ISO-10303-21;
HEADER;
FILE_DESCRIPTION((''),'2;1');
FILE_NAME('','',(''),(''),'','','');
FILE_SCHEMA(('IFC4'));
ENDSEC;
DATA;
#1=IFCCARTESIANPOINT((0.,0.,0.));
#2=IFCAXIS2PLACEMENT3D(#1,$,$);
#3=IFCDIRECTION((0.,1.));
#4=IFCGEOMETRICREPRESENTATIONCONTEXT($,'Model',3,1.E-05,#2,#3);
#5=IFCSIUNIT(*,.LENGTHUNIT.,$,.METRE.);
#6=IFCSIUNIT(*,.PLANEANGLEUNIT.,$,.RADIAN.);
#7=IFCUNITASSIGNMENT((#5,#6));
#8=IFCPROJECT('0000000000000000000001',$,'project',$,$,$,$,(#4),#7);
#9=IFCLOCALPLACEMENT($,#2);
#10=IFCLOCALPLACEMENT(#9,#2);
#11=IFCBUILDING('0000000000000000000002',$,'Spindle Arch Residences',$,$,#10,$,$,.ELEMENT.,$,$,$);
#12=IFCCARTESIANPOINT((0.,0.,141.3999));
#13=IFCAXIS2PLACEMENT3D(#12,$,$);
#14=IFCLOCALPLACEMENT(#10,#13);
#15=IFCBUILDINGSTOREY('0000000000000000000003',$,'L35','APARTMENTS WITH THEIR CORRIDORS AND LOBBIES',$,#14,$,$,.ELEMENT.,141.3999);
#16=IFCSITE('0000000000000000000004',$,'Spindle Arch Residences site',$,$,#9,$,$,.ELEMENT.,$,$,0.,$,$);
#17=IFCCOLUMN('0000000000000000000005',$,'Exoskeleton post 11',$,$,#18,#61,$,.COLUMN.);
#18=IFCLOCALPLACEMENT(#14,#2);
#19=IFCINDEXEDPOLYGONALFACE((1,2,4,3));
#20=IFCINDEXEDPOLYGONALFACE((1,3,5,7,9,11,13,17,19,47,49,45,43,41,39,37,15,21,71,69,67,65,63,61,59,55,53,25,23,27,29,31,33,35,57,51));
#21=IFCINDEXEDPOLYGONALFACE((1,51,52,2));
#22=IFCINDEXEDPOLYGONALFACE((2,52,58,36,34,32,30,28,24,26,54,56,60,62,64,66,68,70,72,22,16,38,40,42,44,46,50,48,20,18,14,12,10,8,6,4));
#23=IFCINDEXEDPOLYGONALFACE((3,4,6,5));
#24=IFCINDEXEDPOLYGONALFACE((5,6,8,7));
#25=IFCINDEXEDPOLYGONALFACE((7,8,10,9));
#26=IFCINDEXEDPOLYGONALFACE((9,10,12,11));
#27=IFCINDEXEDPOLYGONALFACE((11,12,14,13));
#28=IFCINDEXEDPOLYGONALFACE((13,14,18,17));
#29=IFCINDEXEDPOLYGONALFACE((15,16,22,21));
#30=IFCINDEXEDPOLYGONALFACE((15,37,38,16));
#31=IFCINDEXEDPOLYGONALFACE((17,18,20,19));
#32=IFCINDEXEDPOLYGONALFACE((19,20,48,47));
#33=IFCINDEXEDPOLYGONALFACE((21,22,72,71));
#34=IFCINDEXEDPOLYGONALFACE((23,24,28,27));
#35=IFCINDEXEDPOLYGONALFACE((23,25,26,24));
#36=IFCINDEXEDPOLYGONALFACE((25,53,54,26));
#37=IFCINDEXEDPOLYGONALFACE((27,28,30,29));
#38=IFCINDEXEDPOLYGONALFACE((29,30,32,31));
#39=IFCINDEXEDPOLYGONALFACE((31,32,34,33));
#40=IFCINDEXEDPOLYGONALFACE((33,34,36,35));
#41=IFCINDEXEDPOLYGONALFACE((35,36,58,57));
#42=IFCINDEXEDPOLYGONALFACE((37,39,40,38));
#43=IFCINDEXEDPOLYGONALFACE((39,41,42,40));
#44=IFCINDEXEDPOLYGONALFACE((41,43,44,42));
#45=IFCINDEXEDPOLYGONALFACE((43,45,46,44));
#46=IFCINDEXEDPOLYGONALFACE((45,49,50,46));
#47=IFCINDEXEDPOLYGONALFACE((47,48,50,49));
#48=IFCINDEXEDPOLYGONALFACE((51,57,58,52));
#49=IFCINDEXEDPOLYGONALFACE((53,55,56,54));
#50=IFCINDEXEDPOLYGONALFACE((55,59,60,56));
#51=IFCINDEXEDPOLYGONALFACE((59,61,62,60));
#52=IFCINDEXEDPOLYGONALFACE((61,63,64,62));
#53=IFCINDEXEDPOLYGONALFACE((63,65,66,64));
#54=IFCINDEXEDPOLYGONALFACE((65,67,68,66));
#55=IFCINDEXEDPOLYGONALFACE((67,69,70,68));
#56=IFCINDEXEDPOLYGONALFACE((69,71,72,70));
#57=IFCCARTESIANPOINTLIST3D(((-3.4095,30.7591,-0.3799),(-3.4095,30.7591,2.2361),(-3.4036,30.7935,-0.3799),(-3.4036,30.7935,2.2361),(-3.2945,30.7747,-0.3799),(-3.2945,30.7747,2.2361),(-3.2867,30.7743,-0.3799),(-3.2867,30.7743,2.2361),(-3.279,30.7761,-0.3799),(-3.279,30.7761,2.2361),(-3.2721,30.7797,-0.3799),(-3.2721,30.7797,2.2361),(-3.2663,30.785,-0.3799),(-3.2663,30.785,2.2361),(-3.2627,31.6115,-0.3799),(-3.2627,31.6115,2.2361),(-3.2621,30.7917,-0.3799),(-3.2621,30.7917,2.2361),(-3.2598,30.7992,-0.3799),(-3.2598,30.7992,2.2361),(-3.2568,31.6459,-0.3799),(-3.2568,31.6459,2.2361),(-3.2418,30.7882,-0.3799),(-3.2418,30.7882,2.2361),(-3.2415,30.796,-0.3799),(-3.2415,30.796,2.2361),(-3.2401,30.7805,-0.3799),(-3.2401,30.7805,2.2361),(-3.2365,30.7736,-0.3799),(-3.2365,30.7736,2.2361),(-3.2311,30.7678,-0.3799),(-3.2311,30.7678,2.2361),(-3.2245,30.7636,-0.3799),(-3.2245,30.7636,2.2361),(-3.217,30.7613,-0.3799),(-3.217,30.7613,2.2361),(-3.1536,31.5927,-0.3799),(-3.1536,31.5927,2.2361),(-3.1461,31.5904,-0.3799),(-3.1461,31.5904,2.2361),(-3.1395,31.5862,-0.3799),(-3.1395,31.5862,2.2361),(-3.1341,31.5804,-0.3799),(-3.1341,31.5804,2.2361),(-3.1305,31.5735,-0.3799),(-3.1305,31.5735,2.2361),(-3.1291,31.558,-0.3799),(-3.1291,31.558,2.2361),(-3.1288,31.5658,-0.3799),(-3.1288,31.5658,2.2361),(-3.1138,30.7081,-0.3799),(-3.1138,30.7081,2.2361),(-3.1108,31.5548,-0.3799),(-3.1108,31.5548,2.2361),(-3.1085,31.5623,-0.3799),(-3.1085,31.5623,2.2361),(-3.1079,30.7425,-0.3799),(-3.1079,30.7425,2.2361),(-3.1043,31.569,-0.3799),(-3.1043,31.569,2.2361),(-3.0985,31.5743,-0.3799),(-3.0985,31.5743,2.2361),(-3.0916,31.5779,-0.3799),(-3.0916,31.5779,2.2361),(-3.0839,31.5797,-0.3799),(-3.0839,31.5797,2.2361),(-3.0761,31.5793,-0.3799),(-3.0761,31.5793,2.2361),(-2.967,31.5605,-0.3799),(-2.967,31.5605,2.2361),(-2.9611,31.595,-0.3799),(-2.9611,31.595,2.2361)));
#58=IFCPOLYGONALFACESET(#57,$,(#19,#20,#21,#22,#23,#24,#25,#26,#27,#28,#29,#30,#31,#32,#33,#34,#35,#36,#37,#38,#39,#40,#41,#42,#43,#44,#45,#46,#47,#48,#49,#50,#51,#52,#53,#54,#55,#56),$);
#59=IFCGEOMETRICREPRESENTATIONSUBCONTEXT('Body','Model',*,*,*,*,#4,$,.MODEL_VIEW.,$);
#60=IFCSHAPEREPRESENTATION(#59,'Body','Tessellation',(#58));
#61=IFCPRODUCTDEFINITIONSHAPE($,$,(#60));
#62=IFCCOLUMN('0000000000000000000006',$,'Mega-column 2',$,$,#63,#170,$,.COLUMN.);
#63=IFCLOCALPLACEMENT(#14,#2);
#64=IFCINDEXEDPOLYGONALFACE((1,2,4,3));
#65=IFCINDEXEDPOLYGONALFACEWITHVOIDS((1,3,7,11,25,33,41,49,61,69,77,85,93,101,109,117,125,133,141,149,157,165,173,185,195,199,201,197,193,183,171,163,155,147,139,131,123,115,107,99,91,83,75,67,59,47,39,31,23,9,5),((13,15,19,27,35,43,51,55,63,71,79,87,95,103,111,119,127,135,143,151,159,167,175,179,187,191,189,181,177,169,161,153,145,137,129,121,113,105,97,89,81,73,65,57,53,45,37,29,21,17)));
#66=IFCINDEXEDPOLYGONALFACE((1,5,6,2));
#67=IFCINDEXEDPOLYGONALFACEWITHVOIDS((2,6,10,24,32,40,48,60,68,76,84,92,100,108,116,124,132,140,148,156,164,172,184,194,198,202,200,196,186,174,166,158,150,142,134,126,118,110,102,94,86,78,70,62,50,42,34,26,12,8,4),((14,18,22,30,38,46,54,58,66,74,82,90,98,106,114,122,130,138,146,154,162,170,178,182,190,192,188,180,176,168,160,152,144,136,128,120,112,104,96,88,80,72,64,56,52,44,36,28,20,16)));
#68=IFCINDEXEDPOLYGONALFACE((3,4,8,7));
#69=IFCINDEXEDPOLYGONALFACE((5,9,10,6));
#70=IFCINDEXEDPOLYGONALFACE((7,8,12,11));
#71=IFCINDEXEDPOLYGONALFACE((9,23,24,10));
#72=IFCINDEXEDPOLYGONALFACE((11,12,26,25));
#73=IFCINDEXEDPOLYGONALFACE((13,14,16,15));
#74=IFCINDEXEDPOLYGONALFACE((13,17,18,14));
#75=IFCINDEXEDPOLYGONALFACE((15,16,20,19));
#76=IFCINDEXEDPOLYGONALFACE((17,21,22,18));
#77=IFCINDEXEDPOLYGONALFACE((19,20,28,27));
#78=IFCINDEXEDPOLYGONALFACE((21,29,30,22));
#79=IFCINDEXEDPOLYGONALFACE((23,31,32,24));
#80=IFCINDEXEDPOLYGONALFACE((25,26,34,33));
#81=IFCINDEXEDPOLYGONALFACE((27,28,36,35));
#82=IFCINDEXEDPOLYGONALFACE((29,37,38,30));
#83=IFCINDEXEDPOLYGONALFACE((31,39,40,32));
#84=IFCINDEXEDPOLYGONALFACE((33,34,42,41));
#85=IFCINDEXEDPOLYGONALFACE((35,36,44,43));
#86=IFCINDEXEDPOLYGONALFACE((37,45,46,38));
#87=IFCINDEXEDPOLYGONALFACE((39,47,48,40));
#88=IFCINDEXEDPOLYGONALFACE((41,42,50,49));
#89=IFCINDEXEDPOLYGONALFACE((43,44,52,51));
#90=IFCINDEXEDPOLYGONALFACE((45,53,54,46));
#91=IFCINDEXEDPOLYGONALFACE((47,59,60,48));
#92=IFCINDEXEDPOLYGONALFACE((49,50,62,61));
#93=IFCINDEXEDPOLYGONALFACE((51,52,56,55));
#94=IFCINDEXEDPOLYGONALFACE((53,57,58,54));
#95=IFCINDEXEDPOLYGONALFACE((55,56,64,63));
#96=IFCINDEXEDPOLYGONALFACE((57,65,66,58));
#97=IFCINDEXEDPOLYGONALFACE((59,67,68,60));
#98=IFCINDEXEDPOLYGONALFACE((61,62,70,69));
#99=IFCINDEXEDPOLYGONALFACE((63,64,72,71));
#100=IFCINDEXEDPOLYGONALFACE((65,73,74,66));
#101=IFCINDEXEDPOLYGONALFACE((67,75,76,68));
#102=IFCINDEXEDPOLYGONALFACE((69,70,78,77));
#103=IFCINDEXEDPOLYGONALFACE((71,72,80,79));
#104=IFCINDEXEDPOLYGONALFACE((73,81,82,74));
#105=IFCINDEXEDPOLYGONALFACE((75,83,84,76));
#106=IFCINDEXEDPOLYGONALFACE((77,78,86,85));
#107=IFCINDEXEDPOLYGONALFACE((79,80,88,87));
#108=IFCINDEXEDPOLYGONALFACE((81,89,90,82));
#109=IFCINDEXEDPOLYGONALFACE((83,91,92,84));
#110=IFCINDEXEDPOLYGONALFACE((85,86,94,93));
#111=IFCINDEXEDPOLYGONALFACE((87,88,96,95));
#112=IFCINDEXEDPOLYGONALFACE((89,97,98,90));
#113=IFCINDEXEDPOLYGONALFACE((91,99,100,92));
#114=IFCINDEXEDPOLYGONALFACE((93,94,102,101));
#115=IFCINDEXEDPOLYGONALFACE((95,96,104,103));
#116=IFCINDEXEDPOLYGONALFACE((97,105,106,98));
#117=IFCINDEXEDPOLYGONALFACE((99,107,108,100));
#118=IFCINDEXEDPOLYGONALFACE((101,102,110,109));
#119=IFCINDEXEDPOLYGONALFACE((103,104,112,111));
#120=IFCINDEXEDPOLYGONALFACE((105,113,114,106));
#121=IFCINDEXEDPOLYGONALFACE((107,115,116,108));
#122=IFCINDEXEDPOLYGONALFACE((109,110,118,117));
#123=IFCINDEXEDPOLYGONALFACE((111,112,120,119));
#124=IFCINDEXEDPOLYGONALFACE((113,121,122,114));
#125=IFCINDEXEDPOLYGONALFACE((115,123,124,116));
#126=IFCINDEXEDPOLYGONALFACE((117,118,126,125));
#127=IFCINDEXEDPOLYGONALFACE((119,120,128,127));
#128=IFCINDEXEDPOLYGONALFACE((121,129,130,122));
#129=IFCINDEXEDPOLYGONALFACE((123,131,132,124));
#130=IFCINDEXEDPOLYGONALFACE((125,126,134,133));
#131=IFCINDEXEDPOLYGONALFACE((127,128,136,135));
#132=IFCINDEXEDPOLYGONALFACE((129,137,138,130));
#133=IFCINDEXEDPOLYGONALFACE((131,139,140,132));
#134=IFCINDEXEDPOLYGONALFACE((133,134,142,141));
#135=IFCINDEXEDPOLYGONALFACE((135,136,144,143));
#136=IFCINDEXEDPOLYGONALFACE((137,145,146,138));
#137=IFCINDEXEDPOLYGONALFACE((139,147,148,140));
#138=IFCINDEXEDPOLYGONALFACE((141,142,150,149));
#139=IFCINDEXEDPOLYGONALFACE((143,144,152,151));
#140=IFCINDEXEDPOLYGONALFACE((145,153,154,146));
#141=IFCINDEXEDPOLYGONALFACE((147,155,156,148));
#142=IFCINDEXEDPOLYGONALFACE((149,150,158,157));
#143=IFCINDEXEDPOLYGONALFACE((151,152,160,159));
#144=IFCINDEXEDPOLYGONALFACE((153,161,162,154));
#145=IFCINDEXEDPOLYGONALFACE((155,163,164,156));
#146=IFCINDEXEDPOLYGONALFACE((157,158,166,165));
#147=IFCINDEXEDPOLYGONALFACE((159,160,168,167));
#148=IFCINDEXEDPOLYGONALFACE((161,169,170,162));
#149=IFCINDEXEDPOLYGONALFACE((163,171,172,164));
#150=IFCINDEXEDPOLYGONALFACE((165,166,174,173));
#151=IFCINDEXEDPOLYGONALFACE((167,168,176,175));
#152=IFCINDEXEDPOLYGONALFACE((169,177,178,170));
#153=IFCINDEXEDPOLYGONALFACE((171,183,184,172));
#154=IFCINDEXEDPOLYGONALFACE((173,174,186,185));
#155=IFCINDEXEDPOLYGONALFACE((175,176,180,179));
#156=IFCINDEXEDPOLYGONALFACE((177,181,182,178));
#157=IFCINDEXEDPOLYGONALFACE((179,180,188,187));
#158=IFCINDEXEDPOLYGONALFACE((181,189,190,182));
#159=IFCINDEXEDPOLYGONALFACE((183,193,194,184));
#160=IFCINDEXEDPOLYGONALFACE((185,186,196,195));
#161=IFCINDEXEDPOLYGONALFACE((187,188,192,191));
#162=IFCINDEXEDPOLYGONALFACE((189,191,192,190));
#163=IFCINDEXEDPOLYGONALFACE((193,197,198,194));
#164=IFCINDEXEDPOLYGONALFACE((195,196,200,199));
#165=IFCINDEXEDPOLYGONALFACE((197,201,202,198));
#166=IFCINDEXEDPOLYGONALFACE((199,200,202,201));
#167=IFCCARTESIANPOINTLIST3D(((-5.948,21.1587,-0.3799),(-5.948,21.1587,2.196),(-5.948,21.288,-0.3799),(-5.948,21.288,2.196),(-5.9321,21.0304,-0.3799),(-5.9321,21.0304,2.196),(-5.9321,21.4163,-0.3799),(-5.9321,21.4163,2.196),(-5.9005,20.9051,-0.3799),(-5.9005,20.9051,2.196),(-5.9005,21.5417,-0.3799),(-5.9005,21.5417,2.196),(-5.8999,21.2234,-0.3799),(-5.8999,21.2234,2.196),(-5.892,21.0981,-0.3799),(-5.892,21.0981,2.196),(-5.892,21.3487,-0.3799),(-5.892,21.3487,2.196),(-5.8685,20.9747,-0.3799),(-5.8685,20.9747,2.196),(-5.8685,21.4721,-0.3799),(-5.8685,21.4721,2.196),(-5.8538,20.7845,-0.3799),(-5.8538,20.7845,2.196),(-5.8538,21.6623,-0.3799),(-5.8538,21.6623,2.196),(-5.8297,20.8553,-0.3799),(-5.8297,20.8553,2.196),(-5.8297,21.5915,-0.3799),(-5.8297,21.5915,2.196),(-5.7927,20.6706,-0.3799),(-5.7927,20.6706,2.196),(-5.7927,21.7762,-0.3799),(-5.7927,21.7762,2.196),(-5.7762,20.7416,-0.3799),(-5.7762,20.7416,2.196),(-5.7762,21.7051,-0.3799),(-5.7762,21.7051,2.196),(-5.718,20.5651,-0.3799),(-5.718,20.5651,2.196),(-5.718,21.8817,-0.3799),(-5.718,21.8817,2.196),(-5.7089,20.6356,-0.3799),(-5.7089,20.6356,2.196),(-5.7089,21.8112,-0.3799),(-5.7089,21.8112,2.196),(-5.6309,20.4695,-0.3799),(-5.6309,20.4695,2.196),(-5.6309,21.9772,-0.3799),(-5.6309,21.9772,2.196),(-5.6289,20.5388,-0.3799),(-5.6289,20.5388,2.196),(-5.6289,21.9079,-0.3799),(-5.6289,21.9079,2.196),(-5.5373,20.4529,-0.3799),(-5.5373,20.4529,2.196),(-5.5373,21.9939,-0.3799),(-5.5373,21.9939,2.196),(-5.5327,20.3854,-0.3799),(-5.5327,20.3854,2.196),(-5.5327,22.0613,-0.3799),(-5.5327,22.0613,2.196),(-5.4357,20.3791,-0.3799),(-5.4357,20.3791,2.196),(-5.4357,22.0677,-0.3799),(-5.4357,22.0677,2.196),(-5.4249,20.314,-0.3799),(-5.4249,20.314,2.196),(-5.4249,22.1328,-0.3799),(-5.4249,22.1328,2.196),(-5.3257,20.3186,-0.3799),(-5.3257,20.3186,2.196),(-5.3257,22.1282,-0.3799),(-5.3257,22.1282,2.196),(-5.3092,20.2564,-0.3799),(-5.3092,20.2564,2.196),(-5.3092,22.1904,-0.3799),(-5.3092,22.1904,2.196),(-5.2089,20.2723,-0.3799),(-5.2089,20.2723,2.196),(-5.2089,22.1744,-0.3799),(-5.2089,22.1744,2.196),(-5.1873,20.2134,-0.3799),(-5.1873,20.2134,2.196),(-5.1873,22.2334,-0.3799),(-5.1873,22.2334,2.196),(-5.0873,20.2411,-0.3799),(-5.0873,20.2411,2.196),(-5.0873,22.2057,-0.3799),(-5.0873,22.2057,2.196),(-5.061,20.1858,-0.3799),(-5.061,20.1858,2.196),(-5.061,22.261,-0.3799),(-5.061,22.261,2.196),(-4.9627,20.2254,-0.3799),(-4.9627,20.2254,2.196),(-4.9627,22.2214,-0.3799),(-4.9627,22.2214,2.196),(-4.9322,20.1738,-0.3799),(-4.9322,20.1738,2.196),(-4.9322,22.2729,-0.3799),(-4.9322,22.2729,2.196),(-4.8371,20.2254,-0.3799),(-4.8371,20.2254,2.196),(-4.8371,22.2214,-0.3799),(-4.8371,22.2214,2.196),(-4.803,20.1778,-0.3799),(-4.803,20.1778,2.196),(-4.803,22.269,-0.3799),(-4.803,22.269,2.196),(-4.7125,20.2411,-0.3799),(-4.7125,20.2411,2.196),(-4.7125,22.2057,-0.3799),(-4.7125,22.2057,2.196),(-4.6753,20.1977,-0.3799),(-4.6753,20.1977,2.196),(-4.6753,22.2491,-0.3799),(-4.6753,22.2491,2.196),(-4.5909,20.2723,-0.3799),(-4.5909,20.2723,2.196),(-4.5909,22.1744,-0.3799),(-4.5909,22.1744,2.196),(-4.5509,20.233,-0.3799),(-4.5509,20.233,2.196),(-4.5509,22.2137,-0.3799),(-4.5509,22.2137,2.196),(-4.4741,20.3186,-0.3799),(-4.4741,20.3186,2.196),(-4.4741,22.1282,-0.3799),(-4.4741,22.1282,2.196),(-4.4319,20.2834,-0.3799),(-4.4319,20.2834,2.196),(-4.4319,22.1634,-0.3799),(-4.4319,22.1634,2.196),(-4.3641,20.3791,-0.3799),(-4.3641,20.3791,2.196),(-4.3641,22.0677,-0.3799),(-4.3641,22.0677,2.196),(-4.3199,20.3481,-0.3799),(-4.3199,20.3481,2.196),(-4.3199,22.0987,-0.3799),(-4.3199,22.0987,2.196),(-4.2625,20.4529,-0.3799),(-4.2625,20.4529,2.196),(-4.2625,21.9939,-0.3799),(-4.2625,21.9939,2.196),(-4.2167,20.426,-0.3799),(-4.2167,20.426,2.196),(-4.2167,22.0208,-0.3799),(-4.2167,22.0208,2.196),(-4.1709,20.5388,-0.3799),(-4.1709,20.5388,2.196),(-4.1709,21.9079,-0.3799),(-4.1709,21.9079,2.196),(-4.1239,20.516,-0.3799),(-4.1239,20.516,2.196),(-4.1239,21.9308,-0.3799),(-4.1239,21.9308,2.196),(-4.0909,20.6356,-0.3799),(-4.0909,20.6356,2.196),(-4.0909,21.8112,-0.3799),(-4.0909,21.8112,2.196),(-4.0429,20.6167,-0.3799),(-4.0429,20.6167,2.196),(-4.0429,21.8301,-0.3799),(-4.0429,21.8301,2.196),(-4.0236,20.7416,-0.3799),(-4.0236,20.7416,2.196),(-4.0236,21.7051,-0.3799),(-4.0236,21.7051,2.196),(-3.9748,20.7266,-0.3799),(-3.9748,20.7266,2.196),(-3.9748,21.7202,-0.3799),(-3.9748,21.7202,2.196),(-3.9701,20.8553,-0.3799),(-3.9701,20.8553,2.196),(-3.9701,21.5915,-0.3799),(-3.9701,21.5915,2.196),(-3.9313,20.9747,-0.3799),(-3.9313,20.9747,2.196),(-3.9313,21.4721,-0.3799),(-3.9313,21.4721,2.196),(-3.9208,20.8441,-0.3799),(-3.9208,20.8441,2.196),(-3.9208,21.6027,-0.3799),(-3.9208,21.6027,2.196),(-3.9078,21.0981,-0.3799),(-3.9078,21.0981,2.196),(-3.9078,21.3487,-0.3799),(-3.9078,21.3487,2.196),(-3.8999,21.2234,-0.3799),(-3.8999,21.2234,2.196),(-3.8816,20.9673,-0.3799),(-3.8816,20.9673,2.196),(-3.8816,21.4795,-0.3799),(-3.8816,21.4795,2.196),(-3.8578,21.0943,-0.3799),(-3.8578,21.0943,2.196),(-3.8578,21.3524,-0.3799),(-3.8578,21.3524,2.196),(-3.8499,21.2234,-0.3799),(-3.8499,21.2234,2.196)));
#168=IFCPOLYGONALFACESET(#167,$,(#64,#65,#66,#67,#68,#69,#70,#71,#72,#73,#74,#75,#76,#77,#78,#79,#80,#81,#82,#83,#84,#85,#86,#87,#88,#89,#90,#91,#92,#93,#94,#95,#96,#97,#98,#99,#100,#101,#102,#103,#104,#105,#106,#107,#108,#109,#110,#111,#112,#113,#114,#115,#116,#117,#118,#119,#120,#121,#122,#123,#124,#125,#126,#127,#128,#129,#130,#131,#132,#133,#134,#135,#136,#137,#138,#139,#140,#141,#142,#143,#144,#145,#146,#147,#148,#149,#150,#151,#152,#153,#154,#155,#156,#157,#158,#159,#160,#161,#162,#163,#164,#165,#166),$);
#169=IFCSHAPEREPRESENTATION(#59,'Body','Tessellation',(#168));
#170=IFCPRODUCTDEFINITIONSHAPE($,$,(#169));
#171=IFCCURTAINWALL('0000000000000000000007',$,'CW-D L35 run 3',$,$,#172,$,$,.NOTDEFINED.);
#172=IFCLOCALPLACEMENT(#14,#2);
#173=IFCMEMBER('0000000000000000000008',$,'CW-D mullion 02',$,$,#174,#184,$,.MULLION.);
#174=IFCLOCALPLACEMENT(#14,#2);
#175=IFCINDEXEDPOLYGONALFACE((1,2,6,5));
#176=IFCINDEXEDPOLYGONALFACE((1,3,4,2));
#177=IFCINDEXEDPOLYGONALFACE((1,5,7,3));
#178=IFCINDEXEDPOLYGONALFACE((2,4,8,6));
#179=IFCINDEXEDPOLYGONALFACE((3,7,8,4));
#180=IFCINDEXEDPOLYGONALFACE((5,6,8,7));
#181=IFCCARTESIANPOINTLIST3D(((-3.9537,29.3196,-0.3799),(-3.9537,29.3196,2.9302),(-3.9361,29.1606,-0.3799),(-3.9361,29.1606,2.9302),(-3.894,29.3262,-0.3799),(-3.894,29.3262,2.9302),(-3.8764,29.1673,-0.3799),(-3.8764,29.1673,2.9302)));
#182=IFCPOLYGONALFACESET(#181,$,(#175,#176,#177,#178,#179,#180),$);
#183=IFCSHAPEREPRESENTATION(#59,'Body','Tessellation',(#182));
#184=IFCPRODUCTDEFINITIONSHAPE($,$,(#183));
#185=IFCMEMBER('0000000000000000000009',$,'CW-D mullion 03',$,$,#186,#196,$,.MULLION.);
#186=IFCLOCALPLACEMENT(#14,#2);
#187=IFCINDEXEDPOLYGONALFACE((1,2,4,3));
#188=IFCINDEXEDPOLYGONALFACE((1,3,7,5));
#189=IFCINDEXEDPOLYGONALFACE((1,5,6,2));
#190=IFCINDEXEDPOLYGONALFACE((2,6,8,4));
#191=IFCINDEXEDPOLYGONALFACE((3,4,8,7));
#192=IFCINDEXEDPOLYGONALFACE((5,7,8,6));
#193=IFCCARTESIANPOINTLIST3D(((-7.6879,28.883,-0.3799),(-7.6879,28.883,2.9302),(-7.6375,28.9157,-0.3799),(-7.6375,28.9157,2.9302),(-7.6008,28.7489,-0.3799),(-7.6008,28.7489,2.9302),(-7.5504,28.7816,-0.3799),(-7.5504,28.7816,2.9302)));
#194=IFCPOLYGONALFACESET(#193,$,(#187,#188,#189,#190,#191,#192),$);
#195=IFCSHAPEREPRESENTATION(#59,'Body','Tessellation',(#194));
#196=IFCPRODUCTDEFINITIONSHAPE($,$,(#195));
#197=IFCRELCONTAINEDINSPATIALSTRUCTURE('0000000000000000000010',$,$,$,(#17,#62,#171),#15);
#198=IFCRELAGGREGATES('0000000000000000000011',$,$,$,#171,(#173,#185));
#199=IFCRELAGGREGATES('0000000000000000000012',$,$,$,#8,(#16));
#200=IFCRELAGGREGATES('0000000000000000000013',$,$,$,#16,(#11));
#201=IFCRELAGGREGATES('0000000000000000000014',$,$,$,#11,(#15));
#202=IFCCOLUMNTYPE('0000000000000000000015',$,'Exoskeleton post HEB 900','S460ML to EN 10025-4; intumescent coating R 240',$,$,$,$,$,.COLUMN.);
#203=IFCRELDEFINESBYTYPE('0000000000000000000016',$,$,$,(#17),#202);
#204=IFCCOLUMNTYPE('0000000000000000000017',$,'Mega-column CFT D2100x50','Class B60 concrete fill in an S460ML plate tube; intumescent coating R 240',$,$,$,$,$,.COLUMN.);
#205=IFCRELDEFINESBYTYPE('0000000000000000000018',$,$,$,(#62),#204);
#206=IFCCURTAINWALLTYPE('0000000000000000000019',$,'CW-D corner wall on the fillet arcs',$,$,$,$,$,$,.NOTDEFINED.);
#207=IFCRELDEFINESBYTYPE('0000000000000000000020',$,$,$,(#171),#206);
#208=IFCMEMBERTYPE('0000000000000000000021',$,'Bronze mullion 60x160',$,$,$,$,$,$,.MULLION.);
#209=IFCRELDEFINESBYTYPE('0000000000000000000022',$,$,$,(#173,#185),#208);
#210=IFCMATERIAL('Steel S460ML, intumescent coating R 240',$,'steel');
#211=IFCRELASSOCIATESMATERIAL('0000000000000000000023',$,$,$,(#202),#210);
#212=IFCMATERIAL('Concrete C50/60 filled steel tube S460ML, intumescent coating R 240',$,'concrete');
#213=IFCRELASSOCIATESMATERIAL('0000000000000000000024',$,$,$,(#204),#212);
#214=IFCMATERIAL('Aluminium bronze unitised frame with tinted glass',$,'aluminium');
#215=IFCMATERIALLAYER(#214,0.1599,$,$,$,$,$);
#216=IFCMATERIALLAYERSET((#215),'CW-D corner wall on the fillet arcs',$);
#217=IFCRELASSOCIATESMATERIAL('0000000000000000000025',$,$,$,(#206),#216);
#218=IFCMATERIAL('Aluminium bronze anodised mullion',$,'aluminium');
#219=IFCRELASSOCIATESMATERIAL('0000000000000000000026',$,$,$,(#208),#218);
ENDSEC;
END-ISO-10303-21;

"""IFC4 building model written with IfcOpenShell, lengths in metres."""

from ifc_helpers import new_model, si_unit, direction, frame, origin, origin_2d, place, context, subcontext, project, spatial, rectangle, hollow_circle, i_section, extrude, material, layer, layer_set, material_profile, profile_set, type_object, element, aggregate, save


model = new_model("IFC4")

# Units and contexts
model_context = context("Model", 3, precision=1e-05, world=origin(), true_north=direction((0.0, 1.0)))
body_context = subcontext(model_context, "Body", "Model", "MODEL_VIEW")
ifc_project = project(units=[si_unit("LENGTHUNIT", "METRE"), si_unit("PLANEANGLEUNIT", "RADIAN")], contexts=[model_context])

# Site, building, storey
site_placement = place(None, origin())
site = spatial("IfcSite", under=ifc_project, at=site_placement, Name="Spindle Arch Residences site", CompositionType="ELEMENT", RefElevation=0.0)
building_placement = place(site_placement, origin())
building = spatial("IfcBuilding", under=site, at=building_placement, Name="Spindle Arch Residences", CompositionType="ELEMENT")
storey_placement = place(building_placement, frame((0.0, 0.0, 141.3999)))
storey = spatial("IfcBuildingStorey", under=building, at=storey_placement, Name="L35", Description="APARTMENTS WITH THEIR CORRIDORS AND LOBBIES", CompositionType="ELEMENT", Elevation=141.3999)

# Columns
ifc_material_1 = material(Name="Steel S460ML, intumescent coating R 240", Category="steel")
ifc_material_profile_1 = material_profile(ifc_material_1, i_section(OverallWidth=0.3, OverallDepth=0.8999, WebThickness=0.0186, FlangeThickness=0.0349, FilletRadius=0.03, at=origin_2d()), Name="HEB 900")
ifc_profile_set_1 = profile_set([ifc_material_profile_1], Name="Steel S460ML, intumescent coating R 240")
column_type_1 = type_object("IfcColumnType", Name="Exoskeleton post HEB 900", Description="S460ML to EN 10025-4; intumescent coating R 240", PredefinedType="COLUMN", material=ifc_profile_set_1)
column_1_placement = place(storey_placement, frame((-3.1853, 31.177, -0.3799), z_axis=(0.0, 0.0, 1.0), x_axis=(0.985485, -0.169765, 0.0)))
element("IfcColumn", 1, at=column_1_placement, inside=storey, type_object=column_type_1, Name="Exoskeleton post 11", PredefinedType="COLUMN", context=body_context, shape_type="SweptSolid", body=[
    extrude(i_section(OverallWidth=0.3, OverallDepth=0.8999, WebThickness=0.0186, FlangeThickness=0.0349, FilletRadius=0.03, at=origin_2d()), origin(), (0.0, 0.0, 1.0), 2.616),
])
ifc_material_2 = material(Name="Concrete C50/60 filled steel tube S460ML, intumescent coating R 240", Category="concrete")
ifc_material_profile_2 = material_profile(ifc_material_2, hollow_circle(Radius=1.05, WallThickness=0.05, at=origin_2d()), Name="CFT D2100x50")
ifc_profile_set_2 = profile_set([ifc_material_profile_2], Name="Concrete C50/60 filled steel tube S460ML, intumescent coating R 240")
column_type_2 = type_object("IfcColumnType", Name="Mega-column CFT D2100x50", Description="Class B60 concrete fill in an S460ML plate tube; intumescent coating R 240", PredefinedType="COLUMN", material=ifc_profile_set_2)
column_2_placement = place(storey_placement, frame((-4.8999, 21.2234, -0.3799), z_axis=(0.0, 0.0, 1.0), x_axis=(1.0, 0.0, 0.0)))
element("IfcColumn", 2, at=column_2_placement, inside=storey, type_object=column_type_2, Name="Mega-column 2", PredefinedType="COLUMN", context=body_context, shape_type="SweptSolid", body=[
    extrude(hollow_circle(Radius=1.05, WallThickness=0.05, at=origin_2d()), origin(), (0.0, 0.0, 1.0), 2.5759),
])

# Curtain wall, members
ifc_material_3 = material(Name="Aluminium bronze unitised frame with tinted glass", Category="aluminium")
ifc_layer_1 = layer(ifc_material_3, 0.1599)
ifc_layer_set_1 = layer_set([ifc_layer_1], Name="CW-D corner wall on the fillet arcs")
curtain_wall_type = type_object("IfcCurtainWallType", Name="CW-D corner wall on the fillet arcs", PredefinedType="NOTDEFINED", material=ifc_layer_set_1)
curtain_wall_placement = place(storey_placement, origin())
curtain_wall = element("IfcCurtainWall", 3, at=curtain_wall_placement, inside=storey, type_object=curtain_wall_type, Name="CW-D L35 run 3", PredefinedType="NOTDEFINED")
ifc_material_4 = material(Name="Aluminium bronze anodised mullion", Category="aluminium")
ifc_material_profile_3 = material_profile(ifc_material_4, rectangle(XDim=0.1599, YDim=0.0601, at=origin_2d()), Name="MU 60x160")
ifc_profile_set_3 = profile_set([ifc_material_profile_3], Name="Aluminium bronze anodised mullion")
member_type_1 = type_object("IfcMemberType", Name="Bronze mullion 60x160", PredefinedType="MULLION", material=ifc_profile_set_3)
member_1_placement = place(storey_placement, frame((-3.915, 29.2434, -0.3799), z_axis=(0.0, 0.0, 1.0), x_axis=(0.110313, -0.993897, 0.0)))
member_1 = element("IfcMember", 4, at=member_1_placement, type_object=member_type_1, Name="CW-D mullion 02", PredefinedType="MULLION", context=body_context, shape_type="SweptSolid", body=[
    extrude(rectangle(XDim=0.1599, YDim=0.0601, at=origin_2d()), origin(), (0.0, 0.0, 1.0), 3.3101),
])
member_2_placement = place(storey_placement, frame((-7.6191, 28.8323, -0.3799), z_axis=(0.0, 0.0, 1.0), x_axis=(0.544639, -0.838671, 0.0)))
member_2 = element("IfcMember", 5, at=member_2_placement, type_object=member_type_1, Name="CW-D mullion 03", PredefinedType="MULLION", context=body_context, shape_type="SweptSolid", body=[
    extrude(rectangle(XDim=0.1599, YDim=0.0601, at=origin_2d()), origin(), (0.0, 0.0, 1.0), 3.3101),
])

aggregate(curtain_wall, [member_1, member_2])

save(model, "model.ifc")
